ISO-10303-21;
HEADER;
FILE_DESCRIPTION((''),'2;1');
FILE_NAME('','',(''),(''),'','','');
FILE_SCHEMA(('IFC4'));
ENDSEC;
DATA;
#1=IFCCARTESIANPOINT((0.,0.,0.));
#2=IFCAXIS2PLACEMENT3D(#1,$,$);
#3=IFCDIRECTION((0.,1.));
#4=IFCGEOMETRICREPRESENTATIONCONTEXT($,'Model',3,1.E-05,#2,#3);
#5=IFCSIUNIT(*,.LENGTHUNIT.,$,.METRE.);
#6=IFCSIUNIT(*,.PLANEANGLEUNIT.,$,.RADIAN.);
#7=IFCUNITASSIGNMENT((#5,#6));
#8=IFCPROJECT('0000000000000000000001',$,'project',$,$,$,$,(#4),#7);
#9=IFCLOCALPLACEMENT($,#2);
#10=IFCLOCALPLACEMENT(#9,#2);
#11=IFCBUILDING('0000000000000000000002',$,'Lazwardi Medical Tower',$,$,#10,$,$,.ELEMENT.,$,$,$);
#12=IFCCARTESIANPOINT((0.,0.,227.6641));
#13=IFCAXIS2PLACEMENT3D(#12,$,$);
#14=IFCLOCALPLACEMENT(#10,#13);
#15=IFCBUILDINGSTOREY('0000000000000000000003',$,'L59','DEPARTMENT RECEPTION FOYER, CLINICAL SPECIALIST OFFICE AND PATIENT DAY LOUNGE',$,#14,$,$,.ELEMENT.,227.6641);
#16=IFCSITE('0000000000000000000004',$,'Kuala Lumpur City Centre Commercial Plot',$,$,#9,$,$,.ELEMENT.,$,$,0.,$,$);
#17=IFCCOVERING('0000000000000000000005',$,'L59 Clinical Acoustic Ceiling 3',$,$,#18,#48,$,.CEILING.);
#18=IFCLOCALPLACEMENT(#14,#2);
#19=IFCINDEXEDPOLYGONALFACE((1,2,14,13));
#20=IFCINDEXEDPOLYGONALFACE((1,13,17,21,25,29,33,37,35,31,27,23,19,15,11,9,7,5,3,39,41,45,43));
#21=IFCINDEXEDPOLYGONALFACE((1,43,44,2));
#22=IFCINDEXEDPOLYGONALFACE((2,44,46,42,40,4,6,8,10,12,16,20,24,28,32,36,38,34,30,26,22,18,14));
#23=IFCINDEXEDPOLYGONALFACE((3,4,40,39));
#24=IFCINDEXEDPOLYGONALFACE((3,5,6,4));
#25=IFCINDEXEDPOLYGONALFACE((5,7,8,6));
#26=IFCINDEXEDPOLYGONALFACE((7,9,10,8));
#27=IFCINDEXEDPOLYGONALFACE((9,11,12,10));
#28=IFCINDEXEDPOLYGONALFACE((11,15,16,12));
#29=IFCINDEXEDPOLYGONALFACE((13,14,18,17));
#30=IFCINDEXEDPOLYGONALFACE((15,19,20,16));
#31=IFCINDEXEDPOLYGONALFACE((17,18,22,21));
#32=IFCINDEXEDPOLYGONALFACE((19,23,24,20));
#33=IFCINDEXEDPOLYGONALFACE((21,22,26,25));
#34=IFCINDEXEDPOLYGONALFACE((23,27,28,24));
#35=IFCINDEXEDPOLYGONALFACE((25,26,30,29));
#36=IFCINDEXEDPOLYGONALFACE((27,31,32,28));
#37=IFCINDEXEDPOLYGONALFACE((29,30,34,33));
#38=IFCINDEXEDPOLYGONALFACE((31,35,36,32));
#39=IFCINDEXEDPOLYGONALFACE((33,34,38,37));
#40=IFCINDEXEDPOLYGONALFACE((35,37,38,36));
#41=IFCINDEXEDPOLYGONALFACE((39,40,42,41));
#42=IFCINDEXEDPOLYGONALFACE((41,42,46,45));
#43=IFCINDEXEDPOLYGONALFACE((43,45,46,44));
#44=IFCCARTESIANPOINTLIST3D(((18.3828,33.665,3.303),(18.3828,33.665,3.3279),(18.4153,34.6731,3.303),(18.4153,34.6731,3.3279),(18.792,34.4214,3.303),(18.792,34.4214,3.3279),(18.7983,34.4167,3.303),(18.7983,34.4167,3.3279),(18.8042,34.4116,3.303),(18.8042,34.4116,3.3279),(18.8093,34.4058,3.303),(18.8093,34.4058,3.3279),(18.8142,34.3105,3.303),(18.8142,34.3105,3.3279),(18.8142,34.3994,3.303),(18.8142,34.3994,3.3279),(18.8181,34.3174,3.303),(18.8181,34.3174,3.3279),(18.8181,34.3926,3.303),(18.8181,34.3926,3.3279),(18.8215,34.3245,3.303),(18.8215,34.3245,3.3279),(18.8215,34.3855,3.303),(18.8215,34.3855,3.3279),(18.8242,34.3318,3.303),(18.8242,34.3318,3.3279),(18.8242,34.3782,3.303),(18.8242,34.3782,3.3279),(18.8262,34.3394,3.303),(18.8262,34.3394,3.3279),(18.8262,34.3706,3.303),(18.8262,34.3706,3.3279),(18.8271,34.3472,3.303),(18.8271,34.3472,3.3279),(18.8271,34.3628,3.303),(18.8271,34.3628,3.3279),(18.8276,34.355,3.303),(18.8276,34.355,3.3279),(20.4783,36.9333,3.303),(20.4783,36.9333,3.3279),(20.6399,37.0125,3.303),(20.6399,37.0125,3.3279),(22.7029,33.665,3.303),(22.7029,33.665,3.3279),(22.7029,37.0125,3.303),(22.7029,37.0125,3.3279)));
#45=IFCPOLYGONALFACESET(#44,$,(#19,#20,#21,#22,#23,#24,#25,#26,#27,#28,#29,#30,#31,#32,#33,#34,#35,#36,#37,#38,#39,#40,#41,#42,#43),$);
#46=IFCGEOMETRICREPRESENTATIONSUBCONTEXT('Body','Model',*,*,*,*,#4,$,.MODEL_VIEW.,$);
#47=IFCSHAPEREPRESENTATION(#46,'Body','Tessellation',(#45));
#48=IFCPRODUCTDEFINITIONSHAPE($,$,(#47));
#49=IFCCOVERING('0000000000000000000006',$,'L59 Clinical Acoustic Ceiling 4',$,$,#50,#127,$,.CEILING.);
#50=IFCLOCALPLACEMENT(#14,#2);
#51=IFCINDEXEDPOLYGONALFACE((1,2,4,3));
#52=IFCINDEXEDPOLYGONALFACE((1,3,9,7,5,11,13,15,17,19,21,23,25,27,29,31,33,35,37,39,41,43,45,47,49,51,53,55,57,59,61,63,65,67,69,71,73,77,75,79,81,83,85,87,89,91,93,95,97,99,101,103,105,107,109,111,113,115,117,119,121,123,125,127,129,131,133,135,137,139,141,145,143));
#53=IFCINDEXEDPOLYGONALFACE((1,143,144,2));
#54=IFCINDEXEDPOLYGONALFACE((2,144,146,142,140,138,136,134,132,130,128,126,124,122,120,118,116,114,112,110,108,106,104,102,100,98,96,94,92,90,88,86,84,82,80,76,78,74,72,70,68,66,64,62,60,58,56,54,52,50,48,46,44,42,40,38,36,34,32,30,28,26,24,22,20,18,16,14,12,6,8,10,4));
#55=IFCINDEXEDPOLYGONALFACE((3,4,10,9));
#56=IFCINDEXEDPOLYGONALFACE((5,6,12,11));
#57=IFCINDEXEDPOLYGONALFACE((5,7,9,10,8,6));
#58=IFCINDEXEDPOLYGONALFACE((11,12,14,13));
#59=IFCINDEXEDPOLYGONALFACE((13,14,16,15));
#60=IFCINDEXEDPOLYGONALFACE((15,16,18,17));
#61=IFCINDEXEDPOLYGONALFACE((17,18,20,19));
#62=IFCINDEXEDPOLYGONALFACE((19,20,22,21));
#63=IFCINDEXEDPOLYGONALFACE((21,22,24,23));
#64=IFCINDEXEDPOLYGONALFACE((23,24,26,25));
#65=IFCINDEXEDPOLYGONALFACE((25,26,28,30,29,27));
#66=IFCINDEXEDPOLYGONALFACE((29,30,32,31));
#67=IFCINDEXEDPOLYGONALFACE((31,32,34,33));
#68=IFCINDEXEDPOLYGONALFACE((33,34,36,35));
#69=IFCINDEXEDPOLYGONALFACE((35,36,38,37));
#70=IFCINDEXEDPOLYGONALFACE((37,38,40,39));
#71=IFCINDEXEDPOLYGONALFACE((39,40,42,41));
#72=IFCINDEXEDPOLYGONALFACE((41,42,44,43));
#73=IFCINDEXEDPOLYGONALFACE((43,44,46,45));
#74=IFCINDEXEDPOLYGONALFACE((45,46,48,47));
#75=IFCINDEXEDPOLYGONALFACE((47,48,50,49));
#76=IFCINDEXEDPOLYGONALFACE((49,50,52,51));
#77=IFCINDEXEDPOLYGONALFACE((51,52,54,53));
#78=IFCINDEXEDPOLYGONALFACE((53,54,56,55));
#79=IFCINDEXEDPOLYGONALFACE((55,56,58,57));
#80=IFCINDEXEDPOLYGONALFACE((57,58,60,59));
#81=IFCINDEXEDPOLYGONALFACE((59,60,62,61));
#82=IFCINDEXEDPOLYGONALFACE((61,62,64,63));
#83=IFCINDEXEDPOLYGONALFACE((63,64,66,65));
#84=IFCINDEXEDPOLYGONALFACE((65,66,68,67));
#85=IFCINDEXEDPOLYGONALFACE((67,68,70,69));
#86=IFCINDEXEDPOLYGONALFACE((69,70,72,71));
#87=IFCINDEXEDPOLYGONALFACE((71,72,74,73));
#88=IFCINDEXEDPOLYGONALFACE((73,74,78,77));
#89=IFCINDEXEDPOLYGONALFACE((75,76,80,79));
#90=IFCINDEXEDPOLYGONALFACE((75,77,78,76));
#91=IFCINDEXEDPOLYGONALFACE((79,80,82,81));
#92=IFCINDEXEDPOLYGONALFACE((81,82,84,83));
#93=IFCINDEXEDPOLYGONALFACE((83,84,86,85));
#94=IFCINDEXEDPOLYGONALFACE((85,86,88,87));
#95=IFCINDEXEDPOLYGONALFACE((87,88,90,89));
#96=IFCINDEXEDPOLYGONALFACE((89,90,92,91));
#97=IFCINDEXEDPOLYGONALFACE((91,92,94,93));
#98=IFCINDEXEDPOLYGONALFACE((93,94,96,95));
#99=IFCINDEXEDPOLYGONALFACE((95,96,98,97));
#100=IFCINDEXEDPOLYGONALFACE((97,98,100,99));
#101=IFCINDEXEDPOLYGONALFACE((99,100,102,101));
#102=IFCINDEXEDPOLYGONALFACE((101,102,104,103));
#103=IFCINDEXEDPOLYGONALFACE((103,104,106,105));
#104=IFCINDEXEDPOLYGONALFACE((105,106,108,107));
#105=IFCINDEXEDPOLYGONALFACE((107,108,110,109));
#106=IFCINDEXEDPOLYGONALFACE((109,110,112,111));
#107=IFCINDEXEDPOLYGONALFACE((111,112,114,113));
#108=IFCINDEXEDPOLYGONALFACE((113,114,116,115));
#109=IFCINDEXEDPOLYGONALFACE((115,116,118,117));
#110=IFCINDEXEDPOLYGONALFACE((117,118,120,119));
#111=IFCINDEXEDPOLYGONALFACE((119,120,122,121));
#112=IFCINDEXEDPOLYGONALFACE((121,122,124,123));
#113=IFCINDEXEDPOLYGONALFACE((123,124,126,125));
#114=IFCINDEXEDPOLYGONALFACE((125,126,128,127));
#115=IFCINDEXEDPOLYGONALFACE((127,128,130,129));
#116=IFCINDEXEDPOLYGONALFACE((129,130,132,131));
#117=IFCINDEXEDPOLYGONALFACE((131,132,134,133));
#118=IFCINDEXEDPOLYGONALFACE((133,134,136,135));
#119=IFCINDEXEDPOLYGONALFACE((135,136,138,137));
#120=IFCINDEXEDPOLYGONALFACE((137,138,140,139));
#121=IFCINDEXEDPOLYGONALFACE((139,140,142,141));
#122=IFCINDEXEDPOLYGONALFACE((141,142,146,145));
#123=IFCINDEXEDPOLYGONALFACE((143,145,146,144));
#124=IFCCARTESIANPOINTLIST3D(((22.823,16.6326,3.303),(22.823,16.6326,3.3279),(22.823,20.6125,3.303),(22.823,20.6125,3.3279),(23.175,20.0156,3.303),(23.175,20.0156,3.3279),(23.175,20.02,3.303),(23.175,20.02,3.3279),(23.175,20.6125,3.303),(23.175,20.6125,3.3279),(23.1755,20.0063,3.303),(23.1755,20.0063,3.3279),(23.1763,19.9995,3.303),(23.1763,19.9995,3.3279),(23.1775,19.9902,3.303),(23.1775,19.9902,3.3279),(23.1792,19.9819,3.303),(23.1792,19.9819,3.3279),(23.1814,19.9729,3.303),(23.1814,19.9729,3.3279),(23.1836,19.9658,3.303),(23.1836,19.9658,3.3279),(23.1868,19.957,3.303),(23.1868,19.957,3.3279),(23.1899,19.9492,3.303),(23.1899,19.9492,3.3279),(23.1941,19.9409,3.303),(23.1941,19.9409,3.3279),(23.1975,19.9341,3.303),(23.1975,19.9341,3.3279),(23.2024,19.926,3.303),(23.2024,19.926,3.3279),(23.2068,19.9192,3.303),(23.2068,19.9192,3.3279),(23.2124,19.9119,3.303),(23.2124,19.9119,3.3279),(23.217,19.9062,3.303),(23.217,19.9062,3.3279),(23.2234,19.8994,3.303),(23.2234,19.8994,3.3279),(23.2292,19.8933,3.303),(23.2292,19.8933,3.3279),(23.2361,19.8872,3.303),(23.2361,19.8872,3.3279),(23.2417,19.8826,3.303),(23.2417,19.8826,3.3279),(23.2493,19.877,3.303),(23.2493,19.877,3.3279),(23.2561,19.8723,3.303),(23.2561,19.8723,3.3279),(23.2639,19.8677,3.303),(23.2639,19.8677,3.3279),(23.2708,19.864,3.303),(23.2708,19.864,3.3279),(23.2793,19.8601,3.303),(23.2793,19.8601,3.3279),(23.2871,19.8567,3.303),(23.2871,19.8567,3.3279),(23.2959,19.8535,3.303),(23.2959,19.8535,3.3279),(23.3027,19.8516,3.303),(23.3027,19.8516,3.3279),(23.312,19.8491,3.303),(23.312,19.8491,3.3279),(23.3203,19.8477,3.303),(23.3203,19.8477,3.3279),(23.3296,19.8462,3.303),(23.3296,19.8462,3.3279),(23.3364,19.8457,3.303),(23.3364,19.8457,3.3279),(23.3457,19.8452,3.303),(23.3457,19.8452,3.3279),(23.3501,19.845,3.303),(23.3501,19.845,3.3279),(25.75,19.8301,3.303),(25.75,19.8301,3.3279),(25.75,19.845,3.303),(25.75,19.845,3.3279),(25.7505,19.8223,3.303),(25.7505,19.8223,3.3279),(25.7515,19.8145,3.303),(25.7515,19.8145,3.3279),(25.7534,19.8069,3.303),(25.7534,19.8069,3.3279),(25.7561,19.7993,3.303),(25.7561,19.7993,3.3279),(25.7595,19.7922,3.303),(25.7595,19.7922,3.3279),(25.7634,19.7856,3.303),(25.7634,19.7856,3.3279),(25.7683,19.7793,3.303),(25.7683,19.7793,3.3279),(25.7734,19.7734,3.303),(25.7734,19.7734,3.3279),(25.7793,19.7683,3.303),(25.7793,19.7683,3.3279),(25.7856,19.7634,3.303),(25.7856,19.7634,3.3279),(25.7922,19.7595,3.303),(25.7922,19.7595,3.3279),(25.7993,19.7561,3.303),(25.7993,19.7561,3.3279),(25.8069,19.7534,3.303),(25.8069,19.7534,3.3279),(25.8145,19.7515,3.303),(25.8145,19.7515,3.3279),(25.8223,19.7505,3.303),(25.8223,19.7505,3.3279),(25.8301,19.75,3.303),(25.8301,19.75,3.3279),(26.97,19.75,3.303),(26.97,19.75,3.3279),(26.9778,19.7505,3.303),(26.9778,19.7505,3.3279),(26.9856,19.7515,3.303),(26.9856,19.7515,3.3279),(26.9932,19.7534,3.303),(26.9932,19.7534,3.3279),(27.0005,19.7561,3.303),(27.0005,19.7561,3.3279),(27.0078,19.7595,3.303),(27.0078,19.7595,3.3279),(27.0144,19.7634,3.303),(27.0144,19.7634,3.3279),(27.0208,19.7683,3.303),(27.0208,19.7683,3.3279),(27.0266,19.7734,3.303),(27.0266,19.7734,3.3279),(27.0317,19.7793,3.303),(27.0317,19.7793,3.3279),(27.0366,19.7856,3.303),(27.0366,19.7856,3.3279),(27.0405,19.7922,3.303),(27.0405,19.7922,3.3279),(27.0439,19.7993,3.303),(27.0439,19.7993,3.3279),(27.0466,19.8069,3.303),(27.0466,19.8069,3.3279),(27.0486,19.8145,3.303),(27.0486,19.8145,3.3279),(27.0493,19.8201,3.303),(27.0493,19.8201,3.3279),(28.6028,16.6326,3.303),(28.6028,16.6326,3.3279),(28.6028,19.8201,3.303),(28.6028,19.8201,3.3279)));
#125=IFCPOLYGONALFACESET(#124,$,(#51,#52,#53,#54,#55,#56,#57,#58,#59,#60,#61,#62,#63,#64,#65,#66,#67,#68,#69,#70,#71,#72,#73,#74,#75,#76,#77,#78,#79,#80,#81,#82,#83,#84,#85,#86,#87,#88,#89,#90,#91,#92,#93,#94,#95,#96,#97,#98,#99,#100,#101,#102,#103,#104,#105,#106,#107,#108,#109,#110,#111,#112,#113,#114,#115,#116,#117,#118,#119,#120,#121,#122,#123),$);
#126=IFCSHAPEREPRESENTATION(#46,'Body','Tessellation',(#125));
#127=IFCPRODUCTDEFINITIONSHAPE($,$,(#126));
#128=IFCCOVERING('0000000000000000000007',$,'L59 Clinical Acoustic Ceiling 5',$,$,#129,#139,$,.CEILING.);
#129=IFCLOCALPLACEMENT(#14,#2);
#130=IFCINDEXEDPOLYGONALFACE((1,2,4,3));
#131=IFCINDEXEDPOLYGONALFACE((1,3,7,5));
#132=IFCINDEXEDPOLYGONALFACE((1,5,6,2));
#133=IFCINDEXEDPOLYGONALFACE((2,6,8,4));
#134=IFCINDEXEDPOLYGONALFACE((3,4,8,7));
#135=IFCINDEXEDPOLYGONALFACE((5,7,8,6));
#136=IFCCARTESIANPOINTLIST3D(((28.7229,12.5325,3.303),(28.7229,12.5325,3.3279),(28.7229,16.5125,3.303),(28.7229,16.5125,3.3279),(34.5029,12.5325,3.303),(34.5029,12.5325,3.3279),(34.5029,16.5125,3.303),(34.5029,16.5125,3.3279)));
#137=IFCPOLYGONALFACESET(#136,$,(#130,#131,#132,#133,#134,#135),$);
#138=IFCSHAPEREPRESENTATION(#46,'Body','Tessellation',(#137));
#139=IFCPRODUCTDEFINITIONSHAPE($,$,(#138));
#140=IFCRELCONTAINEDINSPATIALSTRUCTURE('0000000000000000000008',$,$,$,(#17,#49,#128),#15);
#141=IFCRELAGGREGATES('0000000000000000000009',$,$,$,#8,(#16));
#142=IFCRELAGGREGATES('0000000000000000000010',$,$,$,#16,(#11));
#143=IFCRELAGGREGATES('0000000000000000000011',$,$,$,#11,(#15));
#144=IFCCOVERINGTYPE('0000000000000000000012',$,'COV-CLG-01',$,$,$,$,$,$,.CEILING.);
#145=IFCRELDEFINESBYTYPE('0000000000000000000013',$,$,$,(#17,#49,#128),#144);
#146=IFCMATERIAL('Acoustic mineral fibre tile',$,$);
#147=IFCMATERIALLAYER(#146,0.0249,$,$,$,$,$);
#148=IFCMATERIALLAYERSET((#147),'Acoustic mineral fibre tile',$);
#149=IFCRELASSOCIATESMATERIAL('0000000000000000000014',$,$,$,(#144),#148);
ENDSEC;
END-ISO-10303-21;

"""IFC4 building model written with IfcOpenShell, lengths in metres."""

from ifc_helpers import new_model, si_unit, direction, frame, origin, place, context, subcontext, project, spatial, polyline, outline, extrude, material, layer, layer_set, type_object, element, save


model = new_model("IFC4")

# Units and contexts
model_context = context("Model", 3, precision=1e-05, world=origin(), true_north=direction((0.0, 1.0)))
body_context = subcontext(model_context, "Body", "Model", "MODEL_VIEW")
ifc_project = project(units=[si_unit("LENGTHUNIT", "METRE"), si_unit("PLANEANGLEUNIT", "RADIAN")], contexts=[model_context])

# Site, building, storey
site_placement = place(None, origin())
site = spatial("IfcSite", under=ifc_project, at=site_placement, Name="Kuala Lumpur City Centre Commercial Plot", CompositionType="ELEMENT", RefElevation=0.0)
building_placement = place(site_placement, origin())
building = spatial("IfcBuilding", under=site, at=building_placement, Name="Lazwardi Medical Tower", CompositionType="ELEMENT")
storey_placement = place(building_placement, frame((0.0, 0.0, 227.6641)))
storey = spatial("IfcBuildingStorey", under=building, at=storey_placement, Name="L59", Description="DEPARTMENT RECEPTION FOYER, CLINICAL SPECIALIST OFFICE AND PATIENT DAY LOUNGE", CompositionType="ELEMENT", Elevation=227.6641)

# Coverings
ifc_material_1 = material(Name="Acoustic mineral fibre tile")
ifc_layer_1 = layer(ifc_material_1, 0.0249)
ifc_layer_set_1 = layer_set([ifc_layer_1], Name="Acoustic mineral fibre tile")
covering_type_1 = type_object("IfcCoveringType", Name="COV-CLG-01", PredefinedType="CEILING", material=ifc_layer_set_1)
covering_1_placement = place(storey_placement, frame((0.0, 0.0, 3.303)))
element("IfcCovering", 1, at=covering_1_placement, inside=storey, type_object=covering_type_1, Name="L59 Clinical Acoustic Ceiling 3", PredefinedType="CEILING", context=body_context, shape_type="SweptSolid", body=[
    extrude(outline(polyline([(20.6399, 37.0125), (20.4783, 36.9333), (18.4153, 34.6731), (18.792, 34.4214), (18.7983, 34.4167), (18.8042, 34.4116), (18.8093, 34.4058), (18.8142, 34.3994), (18.8181, 34.3926), (18.8215, 34.3855), (18.8242, 34.3782), (18.8262, 34.3706), (18.8271, 34.3628), (18.8276, 34.355), (18.8271, 34.3472), (18.8262, 34.3394), (18.8242, 34.3318), (18.8215, 34.3245), (18.8181, 34.3174), (18.8142, 34.3105), (18.3828, 33.665), (22.7029, 33.665), (22.7029, 37.0125), (20.6399, 37.0125)])), origin(), (0.0, 0.0, 1.0), 0.0249),
])
covering_2_placement = place(storey_placement, frame((0.0, 0.0, 3.303)))
element("IfcCovering", 2, at=covering_2_placement, inside=storey, type_object=covering_type_1, Name="L59 Clinical Acoustic Ceiling 4", PredefinedType="CEILING", context=body_context, shape_type="SweptSolid", body=[
    extrude(outline(polyline([(28.6028, 19.8201), (27.0493, 19.8201), (27.0486, 19.8145), (27.0466, 19.8069), (27.0439, 19.7993), (27.0405, 19.7922), (27.0366, 19.7856), (27.0317, 19.7793), (27.0266, 19.7734), (27.0208, 19.7683), (27.0144, 19.7634), (27.0078, 19.7595), (27.0005, 19.7561), (26.9932, 19.7534), (26.9856, 19.7515), (26.9778, 19.7505), (26.97, 19.75), (25.8301, 19.75), (25.8223, 19.7505), (25.8145, 19.7515), (25.8069, 19.7534), (25.7993, 19.7561), (25.7922, 19.7595), (25.7856, 19.7634), (25.7793, 19.7683), (25.7734, 19.7734), (25.7683, 19.7793), (25.7634, 19.7856), (25.7595, 19.7922), (25.7561, 19.7993), (25.7534, 19.8069), (25.7515, 19.8145), (25.7505, 19.8223), (25.75, 19.8301), (25.75, 19.845), (23.3501, 19.845), (23.3457, 19.8452), (23.3364, 19.8457), (23.3296, 19.8462), (23.3203, 19.8477), (23.312, 19.8491), (23.3027, 19.8516), (23.2959, 19.8535), (23.2871, 19.8567), (23.2793, 19.8601), (23.2708, 19.864), (23.2639, 19.8677), (23.2561, 19.8723), (23.2493, 19.877), (23.2417, 19.8826), (23.2361, 19.8872), (23.2292, 19.8933), (23.2234, 19.8994), (23.217, 19.9062), (23.2124, 19.9119), (23.2068, 19.9192), (23.2024, 19.926), (23.1975, 19.9341), (23.1941, 19.9409), (23.1899, 19.9492), (23.1868, 19.957), (23.1836, 19.9658), (23.1814, 19.9729), (23.1792, 19.9819), (23.1775, 19.9902), (23.1763, 19.9995), (23.1755, 20.0063), (23.175, 20.0156), (23.175, 20.02), (23.175, 20.6125), (22.823, 20.6125), (22.823, 16.6326), (28.6028, 16.6326), (28.6028, 19.8201)])), origin(), (0.0, 0.0, 1.0), 0.0249),
])
covering_3_placement = place(storey_placement, frame((0.0, 0.0, 3.303)))
element("IfcCovering", 3, at=covering_3_placement, inside=storey, type_object=covering_type_1, Name="L59 Clinical Acoustic Ceiling 5", PredefinedType="CEILING", context=body_context, shape_type="SweptSolid", body=[
    extrude(outline(polyline([(34.5029, 12.5325), (34.5029, 16.5125), (28.7229, 16.5125), (28.7229, 12.5325), (34.5029, 12.5325)])), origin(), (0.0, 0.0, 1.0), 0.0249),
])

save(model, "model.ifc")
